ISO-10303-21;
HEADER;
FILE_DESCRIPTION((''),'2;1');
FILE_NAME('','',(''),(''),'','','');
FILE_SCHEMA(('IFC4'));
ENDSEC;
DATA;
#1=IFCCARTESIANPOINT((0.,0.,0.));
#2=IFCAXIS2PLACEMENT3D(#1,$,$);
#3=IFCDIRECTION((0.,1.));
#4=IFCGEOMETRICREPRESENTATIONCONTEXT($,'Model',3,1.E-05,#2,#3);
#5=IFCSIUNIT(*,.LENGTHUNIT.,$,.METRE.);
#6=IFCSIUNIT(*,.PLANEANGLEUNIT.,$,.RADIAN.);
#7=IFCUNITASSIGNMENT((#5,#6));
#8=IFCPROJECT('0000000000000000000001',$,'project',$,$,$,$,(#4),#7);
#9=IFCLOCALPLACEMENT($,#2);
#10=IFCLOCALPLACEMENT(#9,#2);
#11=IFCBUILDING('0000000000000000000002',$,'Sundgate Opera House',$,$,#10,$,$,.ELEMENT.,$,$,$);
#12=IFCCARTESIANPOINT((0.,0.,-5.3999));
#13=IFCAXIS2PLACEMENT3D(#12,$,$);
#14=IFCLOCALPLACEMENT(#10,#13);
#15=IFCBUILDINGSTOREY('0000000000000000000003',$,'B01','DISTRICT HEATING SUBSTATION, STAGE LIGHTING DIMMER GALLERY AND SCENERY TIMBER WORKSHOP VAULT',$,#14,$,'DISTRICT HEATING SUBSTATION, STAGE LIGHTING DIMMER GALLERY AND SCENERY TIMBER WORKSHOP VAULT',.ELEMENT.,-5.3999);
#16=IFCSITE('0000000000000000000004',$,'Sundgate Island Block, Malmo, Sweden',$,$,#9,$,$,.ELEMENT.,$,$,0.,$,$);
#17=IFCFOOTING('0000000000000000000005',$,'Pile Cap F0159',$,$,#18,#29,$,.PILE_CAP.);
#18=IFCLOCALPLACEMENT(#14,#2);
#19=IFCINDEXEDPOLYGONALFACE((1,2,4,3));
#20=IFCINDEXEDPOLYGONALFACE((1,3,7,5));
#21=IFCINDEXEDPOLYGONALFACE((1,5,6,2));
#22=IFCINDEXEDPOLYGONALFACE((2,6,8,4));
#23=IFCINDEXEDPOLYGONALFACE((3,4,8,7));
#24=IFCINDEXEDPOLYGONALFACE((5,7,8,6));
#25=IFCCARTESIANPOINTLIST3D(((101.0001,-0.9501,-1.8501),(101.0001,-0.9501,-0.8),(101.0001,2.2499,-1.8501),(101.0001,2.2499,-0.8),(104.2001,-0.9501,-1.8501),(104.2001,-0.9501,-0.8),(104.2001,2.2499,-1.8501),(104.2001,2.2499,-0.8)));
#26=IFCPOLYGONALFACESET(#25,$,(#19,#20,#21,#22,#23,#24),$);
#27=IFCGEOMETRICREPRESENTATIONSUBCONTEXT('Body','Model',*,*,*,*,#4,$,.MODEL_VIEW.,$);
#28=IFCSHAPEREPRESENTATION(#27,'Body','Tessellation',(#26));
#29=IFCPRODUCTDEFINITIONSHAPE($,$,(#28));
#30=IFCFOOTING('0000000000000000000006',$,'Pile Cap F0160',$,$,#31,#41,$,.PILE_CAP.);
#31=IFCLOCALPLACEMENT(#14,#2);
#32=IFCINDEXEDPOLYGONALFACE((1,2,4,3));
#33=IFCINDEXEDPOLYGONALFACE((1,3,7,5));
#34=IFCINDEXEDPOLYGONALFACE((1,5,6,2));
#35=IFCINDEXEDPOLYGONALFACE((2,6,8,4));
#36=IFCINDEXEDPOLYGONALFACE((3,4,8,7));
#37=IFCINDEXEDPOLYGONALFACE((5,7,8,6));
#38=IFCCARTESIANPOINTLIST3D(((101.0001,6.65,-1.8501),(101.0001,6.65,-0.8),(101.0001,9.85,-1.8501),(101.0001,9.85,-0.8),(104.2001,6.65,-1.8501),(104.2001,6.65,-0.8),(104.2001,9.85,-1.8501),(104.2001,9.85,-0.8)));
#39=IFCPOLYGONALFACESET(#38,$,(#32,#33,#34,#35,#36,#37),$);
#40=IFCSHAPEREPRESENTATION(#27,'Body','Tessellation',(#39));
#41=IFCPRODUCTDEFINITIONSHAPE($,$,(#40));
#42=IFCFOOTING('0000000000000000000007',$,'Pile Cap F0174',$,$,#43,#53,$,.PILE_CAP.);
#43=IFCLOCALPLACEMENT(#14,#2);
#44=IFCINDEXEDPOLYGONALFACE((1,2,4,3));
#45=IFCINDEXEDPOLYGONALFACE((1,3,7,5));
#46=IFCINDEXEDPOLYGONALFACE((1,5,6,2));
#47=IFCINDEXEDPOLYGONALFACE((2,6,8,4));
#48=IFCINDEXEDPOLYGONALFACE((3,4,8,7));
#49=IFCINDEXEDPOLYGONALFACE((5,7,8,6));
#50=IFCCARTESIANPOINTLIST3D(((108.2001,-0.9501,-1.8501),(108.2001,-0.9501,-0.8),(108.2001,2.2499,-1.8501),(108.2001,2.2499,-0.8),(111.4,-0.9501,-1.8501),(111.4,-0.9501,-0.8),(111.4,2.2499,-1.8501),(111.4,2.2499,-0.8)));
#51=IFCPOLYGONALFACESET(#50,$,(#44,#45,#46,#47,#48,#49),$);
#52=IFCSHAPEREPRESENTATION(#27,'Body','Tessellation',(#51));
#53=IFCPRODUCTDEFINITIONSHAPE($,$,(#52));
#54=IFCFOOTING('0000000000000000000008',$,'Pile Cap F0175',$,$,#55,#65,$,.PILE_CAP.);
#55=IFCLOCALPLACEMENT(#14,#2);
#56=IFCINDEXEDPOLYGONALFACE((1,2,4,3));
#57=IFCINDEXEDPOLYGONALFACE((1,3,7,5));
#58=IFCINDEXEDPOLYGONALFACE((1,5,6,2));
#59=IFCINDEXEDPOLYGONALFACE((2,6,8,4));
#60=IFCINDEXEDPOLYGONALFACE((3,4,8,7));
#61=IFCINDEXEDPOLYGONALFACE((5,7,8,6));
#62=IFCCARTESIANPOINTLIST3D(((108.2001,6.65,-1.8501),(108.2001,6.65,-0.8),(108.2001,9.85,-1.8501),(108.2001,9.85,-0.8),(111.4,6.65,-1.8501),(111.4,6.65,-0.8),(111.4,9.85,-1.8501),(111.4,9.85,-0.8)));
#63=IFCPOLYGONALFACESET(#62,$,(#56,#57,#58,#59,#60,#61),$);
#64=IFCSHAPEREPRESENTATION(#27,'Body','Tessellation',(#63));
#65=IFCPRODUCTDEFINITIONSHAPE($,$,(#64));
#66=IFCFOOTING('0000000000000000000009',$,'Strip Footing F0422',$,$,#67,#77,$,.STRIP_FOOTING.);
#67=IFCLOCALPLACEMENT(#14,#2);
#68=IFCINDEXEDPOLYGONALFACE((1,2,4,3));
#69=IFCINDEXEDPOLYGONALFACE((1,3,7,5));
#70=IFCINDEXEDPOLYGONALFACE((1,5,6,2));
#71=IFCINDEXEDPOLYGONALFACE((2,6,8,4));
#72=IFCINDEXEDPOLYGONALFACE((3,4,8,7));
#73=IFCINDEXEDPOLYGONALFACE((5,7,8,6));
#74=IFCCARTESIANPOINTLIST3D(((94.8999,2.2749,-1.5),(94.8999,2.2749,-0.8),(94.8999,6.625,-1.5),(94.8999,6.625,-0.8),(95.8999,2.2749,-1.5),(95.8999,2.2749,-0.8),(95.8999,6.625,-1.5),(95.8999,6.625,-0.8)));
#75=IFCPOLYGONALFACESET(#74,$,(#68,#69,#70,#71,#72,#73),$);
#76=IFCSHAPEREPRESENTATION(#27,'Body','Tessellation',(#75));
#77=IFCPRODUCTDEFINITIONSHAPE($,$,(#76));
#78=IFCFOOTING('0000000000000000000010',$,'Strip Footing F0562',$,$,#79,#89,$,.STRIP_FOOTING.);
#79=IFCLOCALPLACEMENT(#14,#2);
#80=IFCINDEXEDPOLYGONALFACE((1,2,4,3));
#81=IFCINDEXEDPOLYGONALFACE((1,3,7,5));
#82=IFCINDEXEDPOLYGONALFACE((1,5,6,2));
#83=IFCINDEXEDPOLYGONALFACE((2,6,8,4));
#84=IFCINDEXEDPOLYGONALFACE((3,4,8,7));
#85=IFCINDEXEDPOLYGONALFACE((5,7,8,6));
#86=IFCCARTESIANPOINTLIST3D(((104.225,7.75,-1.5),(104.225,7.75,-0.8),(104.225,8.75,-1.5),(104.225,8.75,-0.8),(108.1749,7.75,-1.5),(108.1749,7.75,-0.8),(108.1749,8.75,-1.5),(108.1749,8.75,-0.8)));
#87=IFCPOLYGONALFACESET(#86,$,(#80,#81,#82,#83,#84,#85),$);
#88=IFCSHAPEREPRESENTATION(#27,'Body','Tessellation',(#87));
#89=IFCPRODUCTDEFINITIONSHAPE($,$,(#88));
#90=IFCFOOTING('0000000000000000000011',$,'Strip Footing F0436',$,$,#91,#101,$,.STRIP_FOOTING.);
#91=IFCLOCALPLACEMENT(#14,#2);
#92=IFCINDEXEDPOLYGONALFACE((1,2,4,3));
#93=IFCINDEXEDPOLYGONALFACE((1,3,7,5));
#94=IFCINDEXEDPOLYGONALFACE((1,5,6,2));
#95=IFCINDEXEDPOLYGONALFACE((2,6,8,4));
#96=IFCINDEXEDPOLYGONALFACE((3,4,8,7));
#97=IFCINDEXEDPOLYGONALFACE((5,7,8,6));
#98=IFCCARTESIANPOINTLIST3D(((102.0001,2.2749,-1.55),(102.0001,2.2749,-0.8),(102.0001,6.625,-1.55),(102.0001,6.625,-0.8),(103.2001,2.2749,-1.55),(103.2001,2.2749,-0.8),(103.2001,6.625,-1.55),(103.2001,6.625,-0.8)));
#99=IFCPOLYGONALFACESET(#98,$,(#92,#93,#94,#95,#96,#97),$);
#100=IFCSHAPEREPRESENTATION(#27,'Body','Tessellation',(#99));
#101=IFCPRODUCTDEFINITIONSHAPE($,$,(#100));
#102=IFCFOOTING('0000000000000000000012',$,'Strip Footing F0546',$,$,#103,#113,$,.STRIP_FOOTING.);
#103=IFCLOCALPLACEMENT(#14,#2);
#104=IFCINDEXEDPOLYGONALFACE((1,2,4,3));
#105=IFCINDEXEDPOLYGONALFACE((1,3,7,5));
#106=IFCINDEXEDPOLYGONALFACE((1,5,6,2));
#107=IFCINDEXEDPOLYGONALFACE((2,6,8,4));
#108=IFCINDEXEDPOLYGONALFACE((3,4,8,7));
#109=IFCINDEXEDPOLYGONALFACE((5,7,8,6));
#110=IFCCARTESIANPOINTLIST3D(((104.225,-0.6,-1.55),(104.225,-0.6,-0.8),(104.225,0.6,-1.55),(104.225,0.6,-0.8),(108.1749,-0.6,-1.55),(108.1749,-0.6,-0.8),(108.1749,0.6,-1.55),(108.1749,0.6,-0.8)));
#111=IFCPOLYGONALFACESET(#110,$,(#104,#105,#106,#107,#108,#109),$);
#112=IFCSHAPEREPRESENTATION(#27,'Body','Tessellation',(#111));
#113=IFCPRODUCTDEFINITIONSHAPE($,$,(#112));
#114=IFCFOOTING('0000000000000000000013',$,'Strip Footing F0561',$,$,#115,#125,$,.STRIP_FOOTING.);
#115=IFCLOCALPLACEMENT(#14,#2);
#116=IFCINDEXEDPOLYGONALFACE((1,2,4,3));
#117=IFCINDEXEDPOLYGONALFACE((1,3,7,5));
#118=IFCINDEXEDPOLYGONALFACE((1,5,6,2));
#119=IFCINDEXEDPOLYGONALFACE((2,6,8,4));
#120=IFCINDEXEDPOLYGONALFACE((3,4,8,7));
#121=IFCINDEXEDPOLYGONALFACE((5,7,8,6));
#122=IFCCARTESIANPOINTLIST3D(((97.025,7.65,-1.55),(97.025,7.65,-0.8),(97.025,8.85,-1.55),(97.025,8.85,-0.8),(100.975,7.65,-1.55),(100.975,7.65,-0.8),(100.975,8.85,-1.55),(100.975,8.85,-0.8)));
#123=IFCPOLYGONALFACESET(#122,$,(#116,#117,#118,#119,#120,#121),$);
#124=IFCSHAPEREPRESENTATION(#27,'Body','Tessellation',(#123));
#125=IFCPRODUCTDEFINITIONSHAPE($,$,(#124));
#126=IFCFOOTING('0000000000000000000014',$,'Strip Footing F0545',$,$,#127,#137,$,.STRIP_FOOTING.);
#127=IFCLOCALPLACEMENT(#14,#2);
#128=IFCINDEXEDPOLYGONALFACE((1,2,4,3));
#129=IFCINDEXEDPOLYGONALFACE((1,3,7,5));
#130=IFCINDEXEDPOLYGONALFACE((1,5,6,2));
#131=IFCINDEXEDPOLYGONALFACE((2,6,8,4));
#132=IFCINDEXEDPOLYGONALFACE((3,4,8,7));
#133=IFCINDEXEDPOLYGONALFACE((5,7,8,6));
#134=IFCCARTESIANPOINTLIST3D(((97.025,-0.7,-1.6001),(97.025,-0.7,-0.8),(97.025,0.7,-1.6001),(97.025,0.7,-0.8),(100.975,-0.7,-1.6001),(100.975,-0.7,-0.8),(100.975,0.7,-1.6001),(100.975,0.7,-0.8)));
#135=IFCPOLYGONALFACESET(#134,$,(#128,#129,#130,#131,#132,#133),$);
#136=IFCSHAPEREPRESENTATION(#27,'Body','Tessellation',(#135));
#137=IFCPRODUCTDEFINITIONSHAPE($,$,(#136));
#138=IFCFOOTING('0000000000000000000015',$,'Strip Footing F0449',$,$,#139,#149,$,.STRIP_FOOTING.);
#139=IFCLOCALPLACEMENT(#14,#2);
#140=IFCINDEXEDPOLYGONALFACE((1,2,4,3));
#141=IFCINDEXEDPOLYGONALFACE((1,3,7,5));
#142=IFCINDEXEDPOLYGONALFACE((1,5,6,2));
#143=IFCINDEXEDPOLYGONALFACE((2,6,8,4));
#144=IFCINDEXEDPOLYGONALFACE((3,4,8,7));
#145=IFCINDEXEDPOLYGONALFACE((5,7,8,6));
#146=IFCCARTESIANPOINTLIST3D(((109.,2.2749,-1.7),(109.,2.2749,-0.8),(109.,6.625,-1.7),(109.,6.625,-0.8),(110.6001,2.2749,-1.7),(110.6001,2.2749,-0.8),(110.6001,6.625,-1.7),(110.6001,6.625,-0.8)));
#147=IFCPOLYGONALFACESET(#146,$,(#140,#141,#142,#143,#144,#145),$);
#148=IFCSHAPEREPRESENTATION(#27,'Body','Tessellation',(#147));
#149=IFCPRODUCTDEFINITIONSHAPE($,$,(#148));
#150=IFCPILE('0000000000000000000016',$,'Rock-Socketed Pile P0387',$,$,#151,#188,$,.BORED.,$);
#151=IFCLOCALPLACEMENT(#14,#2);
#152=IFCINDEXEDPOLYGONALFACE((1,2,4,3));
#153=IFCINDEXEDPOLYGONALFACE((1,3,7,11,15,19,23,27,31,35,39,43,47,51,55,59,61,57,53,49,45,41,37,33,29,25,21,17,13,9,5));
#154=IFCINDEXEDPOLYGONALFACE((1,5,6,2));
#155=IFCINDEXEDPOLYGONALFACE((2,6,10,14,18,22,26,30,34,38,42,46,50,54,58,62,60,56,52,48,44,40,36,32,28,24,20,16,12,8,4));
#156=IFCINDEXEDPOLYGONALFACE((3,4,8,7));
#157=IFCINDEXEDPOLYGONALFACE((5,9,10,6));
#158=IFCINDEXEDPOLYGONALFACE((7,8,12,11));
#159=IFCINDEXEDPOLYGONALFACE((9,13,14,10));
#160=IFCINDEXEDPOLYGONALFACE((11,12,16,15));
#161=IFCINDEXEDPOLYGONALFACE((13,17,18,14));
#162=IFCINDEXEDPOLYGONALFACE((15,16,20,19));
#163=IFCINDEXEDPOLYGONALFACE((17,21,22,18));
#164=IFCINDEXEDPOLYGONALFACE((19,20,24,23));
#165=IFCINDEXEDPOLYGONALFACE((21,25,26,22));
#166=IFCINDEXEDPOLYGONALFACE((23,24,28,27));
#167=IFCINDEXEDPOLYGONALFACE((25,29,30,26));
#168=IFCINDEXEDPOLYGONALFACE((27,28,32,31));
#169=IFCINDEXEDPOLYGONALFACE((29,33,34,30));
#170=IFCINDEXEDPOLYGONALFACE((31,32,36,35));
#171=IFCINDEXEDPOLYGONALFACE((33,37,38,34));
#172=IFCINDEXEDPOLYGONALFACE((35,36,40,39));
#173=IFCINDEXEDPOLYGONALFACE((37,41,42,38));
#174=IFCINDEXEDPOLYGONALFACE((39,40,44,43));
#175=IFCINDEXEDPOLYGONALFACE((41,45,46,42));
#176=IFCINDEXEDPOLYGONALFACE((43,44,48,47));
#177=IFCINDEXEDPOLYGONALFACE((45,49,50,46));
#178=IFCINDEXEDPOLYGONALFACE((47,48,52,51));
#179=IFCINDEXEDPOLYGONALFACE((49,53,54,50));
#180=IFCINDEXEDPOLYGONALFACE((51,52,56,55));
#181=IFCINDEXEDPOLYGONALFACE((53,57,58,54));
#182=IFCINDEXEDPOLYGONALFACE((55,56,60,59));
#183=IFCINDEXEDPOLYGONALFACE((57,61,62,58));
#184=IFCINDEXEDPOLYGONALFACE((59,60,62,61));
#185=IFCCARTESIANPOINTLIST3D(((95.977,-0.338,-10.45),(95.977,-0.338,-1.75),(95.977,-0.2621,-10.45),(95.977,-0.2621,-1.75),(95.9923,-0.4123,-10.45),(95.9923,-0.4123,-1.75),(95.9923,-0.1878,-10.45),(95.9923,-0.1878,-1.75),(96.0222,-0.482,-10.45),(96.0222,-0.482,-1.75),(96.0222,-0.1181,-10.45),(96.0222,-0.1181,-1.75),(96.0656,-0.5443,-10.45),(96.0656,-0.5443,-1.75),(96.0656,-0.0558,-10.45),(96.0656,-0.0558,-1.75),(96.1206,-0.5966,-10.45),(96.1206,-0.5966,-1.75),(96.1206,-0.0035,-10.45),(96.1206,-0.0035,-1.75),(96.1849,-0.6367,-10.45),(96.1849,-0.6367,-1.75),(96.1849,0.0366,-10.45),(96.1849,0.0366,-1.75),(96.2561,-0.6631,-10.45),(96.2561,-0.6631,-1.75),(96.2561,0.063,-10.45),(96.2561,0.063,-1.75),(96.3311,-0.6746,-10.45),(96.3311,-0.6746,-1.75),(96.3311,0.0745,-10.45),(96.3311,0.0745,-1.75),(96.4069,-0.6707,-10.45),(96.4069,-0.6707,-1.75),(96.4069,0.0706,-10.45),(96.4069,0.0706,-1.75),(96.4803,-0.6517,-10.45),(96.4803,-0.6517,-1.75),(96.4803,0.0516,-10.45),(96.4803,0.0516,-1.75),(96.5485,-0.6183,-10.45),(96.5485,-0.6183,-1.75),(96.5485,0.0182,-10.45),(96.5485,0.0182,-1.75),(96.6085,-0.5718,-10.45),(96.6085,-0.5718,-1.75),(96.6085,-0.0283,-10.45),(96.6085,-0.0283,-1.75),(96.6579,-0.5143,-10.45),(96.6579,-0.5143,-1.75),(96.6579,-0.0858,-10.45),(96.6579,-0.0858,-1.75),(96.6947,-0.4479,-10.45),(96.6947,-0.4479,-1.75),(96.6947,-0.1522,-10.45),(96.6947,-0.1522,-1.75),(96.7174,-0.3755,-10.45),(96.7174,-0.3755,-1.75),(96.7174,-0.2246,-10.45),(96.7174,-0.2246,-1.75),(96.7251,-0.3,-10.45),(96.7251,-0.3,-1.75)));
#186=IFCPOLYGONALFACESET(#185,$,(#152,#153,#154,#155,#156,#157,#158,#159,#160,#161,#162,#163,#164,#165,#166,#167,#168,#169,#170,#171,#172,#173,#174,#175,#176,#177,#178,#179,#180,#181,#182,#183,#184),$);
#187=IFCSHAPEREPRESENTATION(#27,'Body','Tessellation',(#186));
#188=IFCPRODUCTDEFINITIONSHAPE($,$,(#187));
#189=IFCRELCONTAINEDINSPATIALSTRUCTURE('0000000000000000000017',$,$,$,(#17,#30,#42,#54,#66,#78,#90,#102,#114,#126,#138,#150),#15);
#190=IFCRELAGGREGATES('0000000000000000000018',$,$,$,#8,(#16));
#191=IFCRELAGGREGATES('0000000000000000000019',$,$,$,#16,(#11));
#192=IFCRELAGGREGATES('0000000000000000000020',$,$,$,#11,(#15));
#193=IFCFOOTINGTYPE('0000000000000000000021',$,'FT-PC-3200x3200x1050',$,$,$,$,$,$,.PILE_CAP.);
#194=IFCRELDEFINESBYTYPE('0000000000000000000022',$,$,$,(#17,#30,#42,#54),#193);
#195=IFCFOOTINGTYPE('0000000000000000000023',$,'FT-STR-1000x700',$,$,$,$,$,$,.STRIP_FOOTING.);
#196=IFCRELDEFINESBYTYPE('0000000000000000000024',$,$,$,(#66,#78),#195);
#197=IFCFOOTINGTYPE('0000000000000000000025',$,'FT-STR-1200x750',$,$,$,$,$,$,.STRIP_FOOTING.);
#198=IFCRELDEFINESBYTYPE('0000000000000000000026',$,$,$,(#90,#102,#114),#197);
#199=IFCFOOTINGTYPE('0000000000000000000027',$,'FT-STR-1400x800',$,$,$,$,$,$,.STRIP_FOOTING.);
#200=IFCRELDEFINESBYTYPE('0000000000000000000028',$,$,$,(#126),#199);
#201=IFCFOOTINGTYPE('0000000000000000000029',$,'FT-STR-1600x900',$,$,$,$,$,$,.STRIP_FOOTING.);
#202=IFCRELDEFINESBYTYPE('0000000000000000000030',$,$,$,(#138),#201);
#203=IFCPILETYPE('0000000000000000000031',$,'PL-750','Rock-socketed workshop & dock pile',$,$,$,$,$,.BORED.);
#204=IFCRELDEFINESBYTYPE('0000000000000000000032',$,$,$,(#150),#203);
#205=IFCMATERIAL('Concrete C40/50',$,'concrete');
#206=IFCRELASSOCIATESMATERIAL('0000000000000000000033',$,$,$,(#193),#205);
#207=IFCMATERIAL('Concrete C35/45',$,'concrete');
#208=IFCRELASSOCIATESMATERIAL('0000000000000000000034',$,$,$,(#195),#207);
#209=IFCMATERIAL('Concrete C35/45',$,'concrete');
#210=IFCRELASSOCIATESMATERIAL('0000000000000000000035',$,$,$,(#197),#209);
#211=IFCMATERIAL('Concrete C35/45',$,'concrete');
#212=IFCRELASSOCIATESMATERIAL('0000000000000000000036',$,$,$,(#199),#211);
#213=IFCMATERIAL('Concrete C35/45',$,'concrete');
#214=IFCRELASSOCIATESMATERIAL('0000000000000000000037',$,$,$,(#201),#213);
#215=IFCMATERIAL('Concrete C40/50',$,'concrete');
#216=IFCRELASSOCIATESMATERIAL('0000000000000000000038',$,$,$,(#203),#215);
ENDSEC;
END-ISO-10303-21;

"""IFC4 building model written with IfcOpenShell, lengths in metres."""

from ifc_helpers import new_model, si_unit, direction, frame, origin, origin_2d, place, context, subcontext, project, spatial, rectangle, circle, extrude, material, material_profile, profile_set, type_object, element, save


model = new_model("IFC4")

# Units and contexts
model_context = context("Model", 3, precision=1e-05, world=origin(), true_north=direction((0.0, 1.0)))
body_context = subcontext(model_context, "Body", "Model", "MODEL_VIEW")
ifc_project = project(units=[si_unit("LENGTHUNIT", "METRE"), si_unit("PLANEANGLEUNIT", "RADIAN")], contexts=[model_context])

# Site, building, storey
site_placement = place(None, origin())
site = spatial("IfcSite", under=ifc_project, at=site_placement, Name="Sundgate Island Block, Malmo, Sweden", CompositionType="ELEMENT", RefElevation=0.0)
building_placement = place(site_placement, origin())
building = spatial("IfcBuilding", under=site, at=building_placement, Name="Sundgate Opera House", CompositionType="ELEMENT")
storey_placement = place(building_placement, frame((0.0, 0.0, -5.3999)))
storey = spatial("IfcBuildingStorey", under=building, at=storey_placement, Name="B01", Description="DISTRICT HEATING SUBSTATION, STAGE LIGHTING DIMMER GALLERY AND SCENERY TIMBER WORKSHOP VAULT", LongName="DISTRICT HEATING SUBSTATION, STAGE LIGHTING DIMMER GALLERY AND SCENERY TIMBER WORKSHOP VAULT", CompositionType="ELEMENT", Elevation=-5.3999)

# Footings
ifc_material_1 = material(Name="Concrete C40/50", Category="concrete")
footing_type_1 = type_object("IfcFootingType", Name="FT-PC-3200x3200x1050", PredefinedType="PILE_CAP", material=ifc_material_1)
for number, where, z_axis, x_axis, name in (
    (1, (102.6001, 0.6499, -1.8501), (0.0, 0.0, 1.0), (1.0, 0.0, 0.0), "Pile Cap F0159"),
    (2, (102.6001, 8.25, -1.8501), (0.0, 0.0, 1.0), (1.0, 0.0, 0.0), "Pile Cap F0160"),
    (3, (109.8, 0.6499, -1.8501), (0.0, 0.0, 1.0), (1.0, 0.0, 0.0), "Pile Cap F0174"),
    (4, (109.8, 8.25, -1.8501), (0.0, 0.0, 1.0), (1.0, 0.0, 0.0), "Pile Cap F0175"),
):
    element("IfcFooting", number, at=place(storey_placement, frame(where, z_axis=z_axis, x_axis=x_axis)), inside=storey, type_object=footing_type_1, Name=name, PredefinedType="PILE_CAP", context=body_context, shape_type="SweptSolid", body=[
        extrude(rectangle(XDim=3.2, YDim=3.2, at=origin_2d()), origin(), (0.0, 0.0, 1.0), 1.05),
    ])
ifc_material_2 = material(Name="Concrete C35/45", Category="concrete")
footing_type_2 = type_object("IfcFootingType", Name="FT-STR-1000x700", PredefinedType="STRIP_FOOTING", material=ifc_material_2)
footing_1_placement = place(storey_placement, frame((95.3999, 4.45, -1.5), z_axis=(0.0, 0.0, 1.0), x_axis=(1.0, 0.0, 0.0)))
element("IfcFooting", 5, at=footing_1_placement, inside=storey, type_object=footing_type_2, Name="Strip Footing F0422", PredefinedType="STRIP_FOOTING", context=body_context, shape_type="SweptSolid", body=[
    extrude(rectangle(XDim=1.0, YDim=4.3501, at=origin_2d()), origin(), (0.0, 0.0, 1.0), 0.7),
])
footing_2_placement = place(storey_placement, frame((106.2, 8.25, -1.5), z_axis=(0.0, 0.0, 1.0), x_axis=(1.0, 0.0, 0.0)))
element("IfcFooting", 6, at=footing_2_placement, inside=storey, type_object=footing_type_2, Name="Strip Footing F0562", PredefinedType="STRIP_FOOTING", context=body_context, shape_type="SweptSolid", body=[
    extrude(rectangle(XDim=3.95, YDim=1.0, at=origin_2d()), origin(), (0.0, 0.0, 1.0), 0.7),
])
ifc_material_3 = material(Name="Concrete C35/45", Category="concrete")
footing_type_3 = type_object("IfcFootingType", Name="FT-STR-1200x750", PredefinedType="STRIP_FOOTING", material=ifc_material_3)
footing_3_placement = place(storey_placement, frame((102.6001, 4.45, -1.55), z_axis=(0.0, 0.0, 1.0), x_axis=(1.0, 0.0, 0.0)))
element("IfcFooting", 7, at=footing_3_placement, inside=storey, type_object=footing_type_3, Name="Strip Footing F0436", PredefinedType="STRIP_FOOTING", context=body_context, shape_type="SweptSolid", body=[
    extrude(rectangle(XDim=1.2, YDim=4.3501, at=origin_2d()), origin(), (0.0, 0.0, 1.0), 0.75),
])
for number, where, z_axis, x_axis, name in (
    (8, (106.2, 0.0, -1.55), (0.0, 0.0, 1.0), (1.0, 0.0, 0.0), "Strip Footing F0546"),
    (9, (99.0, 8.25, -1.55), (0.0, 0.0, 1.0), (1.0, 0.0, 0.0), "Strip Footing F0561"),
):
    element("IfcFooting", number, at=place(storey_placement, frame(where, z_axis=z_axis, x_axis=x_axis)), inside=storey, type_object=footing_type_3, Name=name, PredefinedType="STRIP_FOOTING", context=body_context, shape_type="SweptSolid", body=[
        extrude(rectangle(XDim=3.95, YDim=1.2, at=origin_2d()), origin(), (0.0, 0.0, 1.0), 0.75),
    ])
ifc_material_4 = material(Name="Concrete C35/45", Category="concrete")
footing_type_4 = type_object("IfcFootingType", Name="FT-STR-1400x800", PredefinedType="STRIP_FOOTING", material=ifc_material_4)
footing_4_placement = place(storey_placement, frame((99.0, 0.0, -1.6001), z_axis=(0.0, 0.0, 1.0), x_axis=(1.0, 0.0, 0.0)))
element("IfcFooting", 10, at=footing_4_placement, inside=storey, type_object=footing_type_4, Name="Strip Footing F0545", PredefinedType="STRIP_FOOTING", context=body_context, shape_type="SweptSolid", body=[
    extrude(rectangle(XDim=3.95, YDim=1.3999, at=origin_2d()), origin(), (0.0, 0.0, 1.0), 0.8),
])
ifc_material_5 = material(Name="Concrete C35/45", Category="concrete")
footing_type_5 = type_object("IfcFootingType", Name="FT-STR-1600x900", PredefinedType="STRIP_FOOTING", material=ifc_material_5)
footing_5_placement = place(storey_placement, frame((109.8, 4.45, -1.7), z_axis=(0.0, 0.0, 1.0), x_axis=(1.0, 0.0, 0.0)))
element("IfcFooting", 11, at=footing_5_placement, inside=storey, type_object=footing_type_5, Name="Strip Footing F0449", PredefinedType="STRIP_FOOTING", context=body_context, shape_type="SweptSolid", body=[
    extrude(rectangle(XDim=1.6001, YDim=4.3501, at=origin_2d()), origin(), (0.0, 0.0, 1.0), 0.8999),
])

# Pile
ifc_material_6 = material(Name="Concrete C40/50", Category="concrete")
ifc_material_profile_1 = material_profile(ifc_material_6, circle(Radius=0.375, at=origin_2d()), Name="PILE D750")
ifc_profile_set_1 = profile_set([ifc_material_profile_1], Name="Concrete C40/50")
pile_type = type_object("IfcPileType", Name="PL-750", Description="Rock-socketed workshop & dock pile", PredefinedType="BORED", material=ifc_profile_set_1)
for number, where, z_axis, x_axis, name in (
    (12, (96.3501, -0.3, -1.75), (0.0, 0.0, -1.0), (1.0, 0.0, 0.0), "Rock-Socketed Pile P0387"),
):
    element("IfcPile", number, at=place(storey_placement, frame(where, z_axis=z_axis, x_axis=x_axis)), inside=storey, type_object=pile_type, Name=name, PredefinedType="BORED", context=body_context, shape_type="SweptSolid", body=[
        extrude(circle(Radius=0.375, at=origin_2d()), origin(), (0.0, 0.0, 1.0), 8.7),
    ])

save(model, "model.ifc")
